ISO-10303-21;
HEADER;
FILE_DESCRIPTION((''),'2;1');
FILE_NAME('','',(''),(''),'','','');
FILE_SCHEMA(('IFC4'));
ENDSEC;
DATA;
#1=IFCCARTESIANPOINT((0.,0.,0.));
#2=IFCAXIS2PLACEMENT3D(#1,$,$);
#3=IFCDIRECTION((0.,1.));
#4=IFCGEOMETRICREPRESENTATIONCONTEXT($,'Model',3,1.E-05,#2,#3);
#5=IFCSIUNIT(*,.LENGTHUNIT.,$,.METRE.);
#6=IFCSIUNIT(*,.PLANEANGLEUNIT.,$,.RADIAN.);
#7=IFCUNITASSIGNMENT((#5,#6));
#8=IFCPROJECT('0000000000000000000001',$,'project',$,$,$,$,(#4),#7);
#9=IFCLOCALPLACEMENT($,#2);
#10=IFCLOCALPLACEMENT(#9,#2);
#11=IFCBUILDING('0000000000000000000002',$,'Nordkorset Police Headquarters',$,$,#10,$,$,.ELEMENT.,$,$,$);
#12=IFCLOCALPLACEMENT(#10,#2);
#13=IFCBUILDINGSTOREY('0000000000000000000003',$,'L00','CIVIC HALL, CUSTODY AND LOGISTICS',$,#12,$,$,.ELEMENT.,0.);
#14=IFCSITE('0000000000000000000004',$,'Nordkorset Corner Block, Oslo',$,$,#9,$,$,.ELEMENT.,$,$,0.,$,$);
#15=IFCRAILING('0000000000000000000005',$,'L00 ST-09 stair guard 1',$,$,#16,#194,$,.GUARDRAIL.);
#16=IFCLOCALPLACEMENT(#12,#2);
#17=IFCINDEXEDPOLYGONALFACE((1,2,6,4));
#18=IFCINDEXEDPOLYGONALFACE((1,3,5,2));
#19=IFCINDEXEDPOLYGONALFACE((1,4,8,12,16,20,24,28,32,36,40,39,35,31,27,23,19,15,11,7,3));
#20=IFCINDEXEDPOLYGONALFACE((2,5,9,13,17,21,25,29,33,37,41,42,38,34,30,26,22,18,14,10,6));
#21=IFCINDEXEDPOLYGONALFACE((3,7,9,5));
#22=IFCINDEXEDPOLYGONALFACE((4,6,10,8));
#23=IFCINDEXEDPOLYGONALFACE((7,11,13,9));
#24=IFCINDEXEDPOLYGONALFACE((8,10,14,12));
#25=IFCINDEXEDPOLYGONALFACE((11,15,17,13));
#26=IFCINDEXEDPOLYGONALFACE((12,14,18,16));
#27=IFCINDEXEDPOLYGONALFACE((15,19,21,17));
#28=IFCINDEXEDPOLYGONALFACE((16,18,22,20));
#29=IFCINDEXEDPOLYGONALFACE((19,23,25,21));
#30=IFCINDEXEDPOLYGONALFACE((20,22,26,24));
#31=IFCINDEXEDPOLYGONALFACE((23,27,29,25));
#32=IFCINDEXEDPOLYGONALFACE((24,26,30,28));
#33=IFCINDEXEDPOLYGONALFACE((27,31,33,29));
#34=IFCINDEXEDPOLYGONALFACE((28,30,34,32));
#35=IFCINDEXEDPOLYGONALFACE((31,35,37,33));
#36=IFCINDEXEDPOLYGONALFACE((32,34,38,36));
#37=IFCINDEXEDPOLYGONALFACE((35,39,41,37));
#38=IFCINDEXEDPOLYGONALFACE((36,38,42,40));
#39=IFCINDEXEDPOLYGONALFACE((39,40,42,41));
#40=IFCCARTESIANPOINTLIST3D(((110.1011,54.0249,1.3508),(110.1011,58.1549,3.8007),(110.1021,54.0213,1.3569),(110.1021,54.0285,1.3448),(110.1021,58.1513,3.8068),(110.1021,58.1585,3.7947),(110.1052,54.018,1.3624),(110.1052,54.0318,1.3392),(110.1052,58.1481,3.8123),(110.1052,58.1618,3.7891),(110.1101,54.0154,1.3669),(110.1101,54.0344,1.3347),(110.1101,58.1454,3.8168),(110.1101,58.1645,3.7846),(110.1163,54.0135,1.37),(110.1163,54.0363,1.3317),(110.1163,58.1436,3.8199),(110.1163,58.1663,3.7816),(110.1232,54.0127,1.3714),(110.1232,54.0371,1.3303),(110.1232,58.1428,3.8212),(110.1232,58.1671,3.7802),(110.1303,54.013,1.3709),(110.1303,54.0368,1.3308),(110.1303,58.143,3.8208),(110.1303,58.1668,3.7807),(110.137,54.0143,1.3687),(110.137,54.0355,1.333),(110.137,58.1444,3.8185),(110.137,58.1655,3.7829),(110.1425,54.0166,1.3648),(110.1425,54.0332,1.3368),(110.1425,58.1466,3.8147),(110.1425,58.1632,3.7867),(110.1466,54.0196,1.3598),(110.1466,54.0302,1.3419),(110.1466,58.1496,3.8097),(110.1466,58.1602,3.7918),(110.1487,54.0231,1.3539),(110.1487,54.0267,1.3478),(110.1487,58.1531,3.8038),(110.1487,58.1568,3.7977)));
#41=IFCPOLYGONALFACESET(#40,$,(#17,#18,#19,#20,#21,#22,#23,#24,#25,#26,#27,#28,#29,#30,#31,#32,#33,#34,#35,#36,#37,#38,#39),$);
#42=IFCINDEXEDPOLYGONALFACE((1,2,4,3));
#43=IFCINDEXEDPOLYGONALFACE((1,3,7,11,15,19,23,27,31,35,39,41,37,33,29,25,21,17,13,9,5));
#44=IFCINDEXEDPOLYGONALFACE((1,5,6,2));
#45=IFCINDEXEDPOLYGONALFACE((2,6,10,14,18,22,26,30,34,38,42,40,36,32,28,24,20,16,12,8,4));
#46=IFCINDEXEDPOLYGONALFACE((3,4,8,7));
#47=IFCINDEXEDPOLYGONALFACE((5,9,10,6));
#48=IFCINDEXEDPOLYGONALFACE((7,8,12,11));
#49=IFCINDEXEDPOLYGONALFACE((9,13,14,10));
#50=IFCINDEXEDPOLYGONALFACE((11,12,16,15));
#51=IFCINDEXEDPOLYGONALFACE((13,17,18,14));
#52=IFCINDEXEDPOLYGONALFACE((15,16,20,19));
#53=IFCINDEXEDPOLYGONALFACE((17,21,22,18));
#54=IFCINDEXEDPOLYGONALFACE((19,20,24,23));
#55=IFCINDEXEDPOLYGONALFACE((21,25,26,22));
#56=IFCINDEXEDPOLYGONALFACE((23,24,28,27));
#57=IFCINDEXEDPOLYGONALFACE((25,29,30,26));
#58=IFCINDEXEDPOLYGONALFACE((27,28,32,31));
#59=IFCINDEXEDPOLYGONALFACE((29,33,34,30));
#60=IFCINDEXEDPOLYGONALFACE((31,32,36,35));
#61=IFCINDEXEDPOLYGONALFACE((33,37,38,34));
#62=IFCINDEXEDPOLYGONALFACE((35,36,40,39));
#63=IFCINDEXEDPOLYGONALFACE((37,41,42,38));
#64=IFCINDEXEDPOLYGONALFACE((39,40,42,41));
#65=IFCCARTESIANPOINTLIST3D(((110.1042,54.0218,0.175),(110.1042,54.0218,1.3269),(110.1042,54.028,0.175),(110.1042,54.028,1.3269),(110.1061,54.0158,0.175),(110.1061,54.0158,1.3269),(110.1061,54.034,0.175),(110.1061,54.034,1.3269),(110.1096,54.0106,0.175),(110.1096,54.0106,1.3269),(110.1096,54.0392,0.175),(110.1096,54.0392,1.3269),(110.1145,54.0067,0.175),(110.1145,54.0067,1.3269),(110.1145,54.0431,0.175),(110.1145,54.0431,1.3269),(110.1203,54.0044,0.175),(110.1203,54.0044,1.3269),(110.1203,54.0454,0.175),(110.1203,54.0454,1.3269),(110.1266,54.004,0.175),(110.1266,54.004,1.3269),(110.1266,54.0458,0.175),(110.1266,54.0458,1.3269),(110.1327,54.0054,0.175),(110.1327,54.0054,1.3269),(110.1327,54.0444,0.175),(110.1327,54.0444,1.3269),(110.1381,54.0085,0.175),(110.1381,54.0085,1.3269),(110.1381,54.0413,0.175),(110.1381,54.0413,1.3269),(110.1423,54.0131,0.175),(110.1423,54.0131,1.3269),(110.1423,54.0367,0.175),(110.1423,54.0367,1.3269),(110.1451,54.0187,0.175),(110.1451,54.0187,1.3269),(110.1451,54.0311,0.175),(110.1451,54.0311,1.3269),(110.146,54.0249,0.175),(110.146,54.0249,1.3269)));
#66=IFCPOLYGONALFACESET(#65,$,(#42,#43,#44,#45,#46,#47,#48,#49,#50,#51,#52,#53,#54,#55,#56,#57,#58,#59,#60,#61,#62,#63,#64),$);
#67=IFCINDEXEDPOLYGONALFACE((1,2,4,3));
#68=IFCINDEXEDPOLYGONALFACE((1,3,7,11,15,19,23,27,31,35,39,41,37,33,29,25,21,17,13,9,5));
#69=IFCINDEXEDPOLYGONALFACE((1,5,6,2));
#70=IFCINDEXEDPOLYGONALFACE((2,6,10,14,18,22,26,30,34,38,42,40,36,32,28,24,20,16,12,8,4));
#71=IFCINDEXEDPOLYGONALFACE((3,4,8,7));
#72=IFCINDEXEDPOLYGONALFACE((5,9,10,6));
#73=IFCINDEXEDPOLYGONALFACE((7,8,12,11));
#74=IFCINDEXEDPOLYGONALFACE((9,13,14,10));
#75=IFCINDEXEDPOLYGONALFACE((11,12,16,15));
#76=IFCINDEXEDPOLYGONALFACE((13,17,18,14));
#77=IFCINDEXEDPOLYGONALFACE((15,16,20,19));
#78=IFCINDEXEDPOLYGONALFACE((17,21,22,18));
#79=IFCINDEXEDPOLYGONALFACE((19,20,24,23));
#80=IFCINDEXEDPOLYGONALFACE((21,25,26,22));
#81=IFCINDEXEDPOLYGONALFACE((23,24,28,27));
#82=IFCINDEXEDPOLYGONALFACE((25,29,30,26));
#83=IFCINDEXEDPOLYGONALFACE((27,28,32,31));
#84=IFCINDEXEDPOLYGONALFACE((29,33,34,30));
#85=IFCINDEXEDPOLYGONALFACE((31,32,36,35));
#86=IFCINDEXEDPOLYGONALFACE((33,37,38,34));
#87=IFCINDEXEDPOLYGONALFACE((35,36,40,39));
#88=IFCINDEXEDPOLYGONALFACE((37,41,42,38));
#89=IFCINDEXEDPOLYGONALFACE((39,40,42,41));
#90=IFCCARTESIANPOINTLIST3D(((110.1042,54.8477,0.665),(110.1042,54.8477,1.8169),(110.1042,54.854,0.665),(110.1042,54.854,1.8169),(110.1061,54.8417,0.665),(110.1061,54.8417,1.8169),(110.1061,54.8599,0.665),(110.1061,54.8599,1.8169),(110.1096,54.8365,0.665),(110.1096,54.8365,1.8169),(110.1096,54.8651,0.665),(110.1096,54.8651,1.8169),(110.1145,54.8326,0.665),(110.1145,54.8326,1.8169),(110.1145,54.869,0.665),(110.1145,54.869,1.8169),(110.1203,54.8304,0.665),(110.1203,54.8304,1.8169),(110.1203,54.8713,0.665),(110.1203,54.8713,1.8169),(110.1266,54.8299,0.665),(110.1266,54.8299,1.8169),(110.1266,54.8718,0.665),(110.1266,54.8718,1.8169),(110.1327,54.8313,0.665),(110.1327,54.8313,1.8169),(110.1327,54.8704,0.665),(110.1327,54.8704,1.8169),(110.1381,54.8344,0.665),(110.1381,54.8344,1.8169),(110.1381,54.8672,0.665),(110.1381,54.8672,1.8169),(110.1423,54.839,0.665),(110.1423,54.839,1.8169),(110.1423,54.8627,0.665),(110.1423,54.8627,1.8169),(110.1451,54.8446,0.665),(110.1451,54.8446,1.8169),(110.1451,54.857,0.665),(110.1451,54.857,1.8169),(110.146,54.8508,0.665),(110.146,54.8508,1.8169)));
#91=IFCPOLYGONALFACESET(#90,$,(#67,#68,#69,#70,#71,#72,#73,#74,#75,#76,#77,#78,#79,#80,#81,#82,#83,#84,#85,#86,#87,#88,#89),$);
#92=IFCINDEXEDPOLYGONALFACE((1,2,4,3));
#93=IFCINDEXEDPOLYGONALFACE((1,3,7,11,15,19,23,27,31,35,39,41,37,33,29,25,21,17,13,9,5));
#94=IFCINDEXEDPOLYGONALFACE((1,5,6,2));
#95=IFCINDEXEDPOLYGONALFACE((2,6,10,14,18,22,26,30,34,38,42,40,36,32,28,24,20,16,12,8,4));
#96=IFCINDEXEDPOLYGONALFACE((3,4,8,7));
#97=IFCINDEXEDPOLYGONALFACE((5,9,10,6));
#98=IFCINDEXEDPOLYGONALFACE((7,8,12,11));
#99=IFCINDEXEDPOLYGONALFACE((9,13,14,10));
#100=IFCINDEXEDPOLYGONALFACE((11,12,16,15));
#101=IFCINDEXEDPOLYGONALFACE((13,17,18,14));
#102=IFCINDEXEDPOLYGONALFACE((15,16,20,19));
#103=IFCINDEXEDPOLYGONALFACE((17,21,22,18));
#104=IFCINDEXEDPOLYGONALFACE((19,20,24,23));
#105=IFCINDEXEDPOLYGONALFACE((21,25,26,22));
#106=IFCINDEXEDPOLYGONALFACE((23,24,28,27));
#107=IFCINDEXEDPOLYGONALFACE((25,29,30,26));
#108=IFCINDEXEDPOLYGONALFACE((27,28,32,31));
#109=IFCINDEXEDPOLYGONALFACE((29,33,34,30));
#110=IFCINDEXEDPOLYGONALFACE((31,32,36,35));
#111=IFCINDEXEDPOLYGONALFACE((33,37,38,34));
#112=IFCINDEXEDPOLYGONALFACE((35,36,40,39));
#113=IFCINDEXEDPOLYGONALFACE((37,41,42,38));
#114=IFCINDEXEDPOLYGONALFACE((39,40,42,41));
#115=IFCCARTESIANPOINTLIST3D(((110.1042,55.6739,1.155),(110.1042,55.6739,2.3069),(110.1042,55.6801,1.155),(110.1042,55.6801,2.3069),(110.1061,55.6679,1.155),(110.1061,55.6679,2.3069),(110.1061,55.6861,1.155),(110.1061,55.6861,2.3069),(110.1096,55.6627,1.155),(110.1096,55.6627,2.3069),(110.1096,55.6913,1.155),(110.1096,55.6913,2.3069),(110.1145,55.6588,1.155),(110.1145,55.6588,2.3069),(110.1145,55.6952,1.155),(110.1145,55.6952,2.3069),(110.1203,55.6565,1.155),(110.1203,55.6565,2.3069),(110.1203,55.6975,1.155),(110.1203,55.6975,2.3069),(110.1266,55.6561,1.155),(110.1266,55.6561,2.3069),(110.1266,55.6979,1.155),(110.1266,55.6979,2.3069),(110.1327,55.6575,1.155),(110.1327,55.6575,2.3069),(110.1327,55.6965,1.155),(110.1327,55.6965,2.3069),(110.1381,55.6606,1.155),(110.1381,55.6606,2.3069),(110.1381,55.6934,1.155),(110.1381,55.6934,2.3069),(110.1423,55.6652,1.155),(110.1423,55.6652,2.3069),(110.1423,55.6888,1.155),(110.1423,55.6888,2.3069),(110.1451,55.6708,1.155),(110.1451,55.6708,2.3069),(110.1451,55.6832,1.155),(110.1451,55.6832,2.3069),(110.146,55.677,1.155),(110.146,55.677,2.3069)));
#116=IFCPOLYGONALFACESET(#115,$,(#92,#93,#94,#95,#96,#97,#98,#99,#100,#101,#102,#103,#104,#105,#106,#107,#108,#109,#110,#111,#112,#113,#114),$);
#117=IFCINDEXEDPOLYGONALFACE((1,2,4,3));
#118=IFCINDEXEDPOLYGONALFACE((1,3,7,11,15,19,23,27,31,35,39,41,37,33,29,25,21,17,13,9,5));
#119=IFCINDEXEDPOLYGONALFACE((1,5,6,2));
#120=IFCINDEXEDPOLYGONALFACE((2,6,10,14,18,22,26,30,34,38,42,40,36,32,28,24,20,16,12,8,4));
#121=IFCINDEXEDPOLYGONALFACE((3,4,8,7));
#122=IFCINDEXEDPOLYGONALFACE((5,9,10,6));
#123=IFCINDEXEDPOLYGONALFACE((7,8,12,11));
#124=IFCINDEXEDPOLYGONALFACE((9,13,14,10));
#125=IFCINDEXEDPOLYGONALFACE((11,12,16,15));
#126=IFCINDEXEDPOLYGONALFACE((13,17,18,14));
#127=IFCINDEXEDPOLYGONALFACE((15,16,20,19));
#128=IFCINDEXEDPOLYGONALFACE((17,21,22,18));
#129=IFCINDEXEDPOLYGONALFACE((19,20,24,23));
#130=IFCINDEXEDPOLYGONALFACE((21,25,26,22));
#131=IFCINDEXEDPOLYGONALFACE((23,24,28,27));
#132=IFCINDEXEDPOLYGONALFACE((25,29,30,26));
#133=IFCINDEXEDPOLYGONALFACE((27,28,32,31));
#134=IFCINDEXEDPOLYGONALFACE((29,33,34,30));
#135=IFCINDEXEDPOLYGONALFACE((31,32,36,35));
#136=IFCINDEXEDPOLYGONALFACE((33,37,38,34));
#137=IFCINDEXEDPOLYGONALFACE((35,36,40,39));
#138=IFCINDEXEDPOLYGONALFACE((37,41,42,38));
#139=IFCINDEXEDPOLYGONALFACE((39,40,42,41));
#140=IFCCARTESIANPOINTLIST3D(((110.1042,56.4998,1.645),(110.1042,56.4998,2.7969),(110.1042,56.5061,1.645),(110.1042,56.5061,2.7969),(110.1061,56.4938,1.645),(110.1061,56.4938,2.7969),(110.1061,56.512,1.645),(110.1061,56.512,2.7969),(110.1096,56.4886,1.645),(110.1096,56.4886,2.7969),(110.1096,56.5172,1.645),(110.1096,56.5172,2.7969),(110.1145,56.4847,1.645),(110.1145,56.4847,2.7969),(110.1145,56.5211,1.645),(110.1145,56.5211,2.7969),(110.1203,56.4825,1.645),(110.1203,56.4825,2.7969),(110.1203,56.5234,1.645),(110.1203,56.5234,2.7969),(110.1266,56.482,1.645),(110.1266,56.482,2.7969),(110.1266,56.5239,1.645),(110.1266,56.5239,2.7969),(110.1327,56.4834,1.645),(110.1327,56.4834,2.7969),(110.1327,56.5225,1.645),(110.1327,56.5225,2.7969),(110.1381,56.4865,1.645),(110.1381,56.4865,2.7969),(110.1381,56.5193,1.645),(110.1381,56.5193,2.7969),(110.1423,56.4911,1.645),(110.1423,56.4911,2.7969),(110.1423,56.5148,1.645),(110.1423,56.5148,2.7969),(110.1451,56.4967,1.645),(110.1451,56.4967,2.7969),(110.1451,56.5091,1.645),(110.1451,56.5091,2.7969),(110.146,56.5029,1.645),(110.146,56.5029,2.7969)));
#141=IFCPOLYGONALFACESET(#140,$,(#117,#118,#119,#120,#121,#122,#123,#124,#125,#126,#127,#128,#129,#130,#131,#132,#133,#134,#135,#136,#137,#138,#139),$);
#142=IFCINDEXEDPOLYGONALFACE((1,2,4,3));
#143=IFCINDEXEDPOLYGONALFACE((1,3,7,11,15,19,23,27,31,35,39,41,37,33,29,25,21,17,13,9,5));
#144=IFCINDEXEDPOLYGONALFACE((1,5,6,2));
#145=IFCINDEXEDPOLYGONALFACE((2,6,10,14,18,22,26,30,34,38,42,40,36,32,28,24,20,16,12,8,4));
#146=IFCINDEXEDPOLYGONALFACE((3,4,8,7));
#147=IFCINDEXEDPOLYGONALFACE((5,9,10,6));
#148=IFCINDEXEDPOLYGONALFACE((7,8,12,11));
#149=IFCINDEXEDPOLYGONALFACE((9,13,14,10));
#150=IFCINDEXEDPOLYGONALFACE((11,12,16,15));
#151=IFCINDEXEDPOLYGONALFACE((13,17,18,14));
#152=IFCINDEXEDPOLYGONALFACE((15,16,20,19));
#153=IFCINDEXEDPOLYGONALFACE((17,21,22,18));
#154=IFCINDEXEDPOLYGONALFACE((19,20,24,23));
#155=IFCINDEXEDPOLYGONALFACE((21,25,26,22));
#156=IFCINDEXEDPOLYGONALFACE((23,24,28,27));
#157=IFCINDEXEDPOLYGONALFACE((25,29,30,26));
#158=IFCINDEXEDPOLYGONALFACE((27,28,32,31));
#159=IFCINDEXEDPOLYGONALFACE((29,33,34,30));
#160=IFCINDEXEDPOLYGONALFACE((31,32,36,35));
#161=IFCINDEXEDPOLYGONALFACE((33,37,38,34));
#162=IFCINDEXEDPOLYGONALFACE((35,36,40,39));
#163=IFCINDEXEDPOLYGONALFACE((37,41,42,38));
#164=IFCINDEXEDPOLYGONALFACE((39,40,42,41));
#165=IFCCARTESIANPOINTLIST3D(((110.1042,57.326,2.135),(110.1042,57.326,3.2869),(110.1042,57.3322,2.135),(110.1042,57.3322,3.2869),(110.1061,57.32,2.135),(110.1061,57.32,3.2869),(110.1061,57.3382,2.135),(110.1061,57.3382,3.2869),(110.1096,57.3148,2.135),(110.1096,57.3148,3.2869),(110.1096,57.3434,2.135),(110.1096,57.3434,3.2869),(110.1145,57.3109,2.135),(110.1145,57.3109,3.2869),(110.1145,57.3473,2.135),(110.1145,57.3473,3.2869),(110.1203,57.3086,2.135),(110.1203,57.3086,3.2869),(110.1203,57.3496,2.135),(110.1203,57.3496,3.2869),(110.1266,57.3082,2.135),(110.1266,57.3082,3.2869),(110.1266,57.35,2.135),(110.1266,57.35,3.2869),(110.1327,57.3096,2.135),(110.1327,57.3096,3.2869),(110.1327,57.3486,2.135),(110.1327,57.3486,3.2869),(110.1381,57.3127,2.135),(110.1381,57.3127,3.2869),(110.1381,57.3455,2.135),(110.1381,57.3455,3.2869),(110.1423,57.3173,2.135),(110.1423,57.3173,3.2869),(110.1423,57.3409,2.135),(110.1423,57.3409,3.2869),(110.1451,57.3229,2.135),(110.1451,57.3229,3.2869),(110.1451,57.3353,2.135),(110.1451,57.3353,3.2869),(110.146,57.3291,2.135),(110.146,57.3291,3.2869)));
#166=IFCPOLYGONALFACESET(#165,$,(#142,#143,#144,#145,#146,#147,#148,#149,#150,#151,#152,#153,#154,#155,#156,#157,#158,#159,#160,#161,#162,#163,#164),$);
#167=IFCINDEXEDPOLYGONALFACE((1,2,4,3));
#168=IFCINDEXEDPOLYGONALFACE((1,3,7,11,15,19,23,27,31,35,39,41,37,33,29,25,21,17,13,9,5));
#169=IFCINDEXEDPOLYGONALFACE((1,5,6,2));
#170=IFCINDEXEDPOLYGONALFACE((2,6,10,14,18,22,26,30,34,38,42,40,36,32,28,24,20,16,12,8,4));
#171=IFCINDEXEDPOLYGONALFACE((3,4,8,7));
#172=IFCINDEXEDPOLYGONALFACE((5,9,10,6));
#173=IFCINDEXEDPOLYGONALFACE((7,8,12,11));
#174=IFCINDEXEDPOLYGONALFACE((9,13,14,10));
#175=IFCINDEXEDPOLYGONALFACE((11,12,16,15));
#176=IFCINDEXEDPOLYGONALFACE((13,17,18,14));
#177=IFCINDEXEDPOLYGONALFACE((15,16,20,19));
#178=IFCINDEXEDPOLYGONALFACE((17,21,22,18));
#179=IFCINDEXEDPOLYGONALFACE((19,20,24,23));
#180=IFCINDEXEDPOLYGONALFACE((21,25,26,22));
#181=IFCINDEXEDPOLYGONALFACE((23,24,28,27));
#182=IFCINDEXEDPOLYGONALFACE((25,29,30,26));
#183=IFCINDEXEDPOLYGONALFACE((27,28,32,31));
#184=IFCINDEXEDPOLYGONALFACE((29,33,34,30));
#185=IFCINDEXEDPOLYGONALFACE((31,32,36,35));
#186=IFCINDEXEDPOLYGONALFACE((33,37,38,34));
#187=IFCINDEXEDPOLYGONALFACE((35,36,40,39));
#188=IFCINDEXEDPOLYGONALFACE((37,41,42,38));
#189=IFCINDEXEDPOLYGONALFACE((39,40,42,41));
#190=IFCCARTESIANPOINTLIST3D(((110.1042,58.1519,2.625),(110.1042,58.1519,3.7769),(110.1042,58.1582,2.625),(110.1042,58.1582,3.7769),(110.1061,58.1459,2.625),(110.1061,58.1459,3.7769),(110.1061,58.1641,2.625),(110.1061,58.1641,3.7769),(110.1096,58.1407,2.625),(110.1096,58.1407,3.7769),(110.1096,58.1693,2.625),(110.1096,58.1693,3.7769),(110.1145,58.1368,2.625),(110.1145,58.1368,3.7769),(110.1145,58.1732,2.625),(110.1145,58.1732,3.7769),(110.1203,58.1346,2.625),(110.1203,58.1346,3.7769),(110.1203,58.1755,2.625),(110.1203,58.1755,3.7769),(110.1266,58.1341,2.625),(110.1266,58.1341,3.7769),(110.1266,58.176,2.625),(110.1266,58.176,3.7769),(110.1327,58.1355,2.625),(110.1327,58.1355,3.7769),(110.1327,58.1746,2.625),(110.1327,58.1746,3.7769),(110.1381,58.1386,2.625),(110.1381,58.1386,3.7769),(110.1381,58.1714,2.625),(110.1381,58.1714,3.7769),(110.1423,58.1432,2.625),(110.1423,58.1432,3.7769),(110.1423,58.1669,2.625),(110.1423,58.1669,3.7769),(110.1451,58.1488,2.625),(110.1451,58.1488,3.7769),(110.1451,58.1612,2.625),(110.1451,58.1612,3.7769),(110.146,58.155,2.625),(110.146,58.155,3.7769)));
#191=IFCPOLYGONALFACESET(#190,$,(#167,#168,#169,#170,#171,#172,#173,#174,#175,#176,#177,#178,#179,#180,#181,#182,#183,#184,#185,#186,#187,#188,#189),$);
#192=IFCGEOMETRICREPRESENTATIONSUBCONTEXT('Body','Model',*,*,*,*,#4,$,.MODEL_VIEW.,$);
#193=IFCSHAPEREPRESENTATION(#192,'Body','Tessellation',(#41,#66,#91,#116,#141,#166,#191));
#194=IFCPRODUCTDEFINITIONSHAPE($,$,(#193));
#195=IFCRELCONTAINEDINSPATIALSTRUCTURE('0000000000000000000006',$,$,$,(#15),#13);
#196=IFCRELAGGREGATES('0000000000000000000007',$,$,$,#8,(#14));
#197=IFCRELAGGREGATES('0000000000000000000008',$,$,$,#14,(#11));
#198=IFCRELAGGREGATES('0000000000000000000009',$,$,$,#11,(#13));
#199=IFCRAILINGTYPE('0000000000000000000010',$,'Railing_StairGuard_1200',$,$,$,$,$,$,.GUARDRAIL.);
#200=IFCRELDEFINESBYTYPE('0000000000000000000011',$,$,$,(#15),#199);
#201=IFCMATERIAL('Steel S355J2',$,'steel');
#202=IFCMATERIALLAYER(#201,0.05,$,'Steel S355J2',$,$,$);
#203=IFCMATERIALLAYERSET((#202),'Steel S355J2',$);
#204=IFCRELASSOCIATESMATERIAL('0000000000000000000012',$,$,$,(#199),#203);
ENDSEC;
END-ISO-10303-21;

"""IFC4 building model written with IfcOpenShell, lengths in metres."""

from ifc_helpers import new_model, si_unit, direction, frame, origin, origin_2d, place, context, subcontext, project, spatial, circle, extrude, material, layer, layer_set, type_object, element, save


model = new_model("IFC4")

# Units and contexts
model_context = context("Model", 3, precision=1e-05, world=origin(), true_north=direction((0.0, 1.0)))
body_context = subcontext(model_context, "Body", "Model", "MODEL_VIEW")
ifc_project = project(units=[si_unit("LENGTHUNIT", "METRE"), si_unit("PLANEANGLEUNIT", "RADIAN")], contexts=[model_context])

# Site, building, storey
site_placement = place(None, origin())
site = spatial("IfcSite", under=ifc_project, at=site_placement, Name="Nordkorset Corner Block, Oslo", CompositionType="ELEMENT", RefElevation=0.0)
building_placement = place(site_placement, origin())
building = spatial("IfcBuilding", under=site, at=building_placement, Name="Nordkorset Police Headquarters", CompositionType="ELEMENT")
storey_placement = place(building_placement, origin())
storey = spatial("IfcBuildingStorey", under=building, at=storey_placement, Name="L00", Description="CIVIC HALL, CUSTODY AND LOGISTICS", CompositionType="ELEMENT", Elevation=0.0)

# Railing
ifc_material_1 = material(Name="Steel S355J2", Category="steel")
ifc_layer_1 = layer(ifc_material_1, 0.05, Name="Steel S355J2")
ifc_layer_set_1 = layer_set([ifc_layer_1], Name="Steel S355J2")
railing_type_1 = type_object("IfcRailingType", Name="Railing_StairGuard_1200", PredefinedType="GUARDRAIL", material=ifc_layer_set_1)
railing_1_placement = place(storey_placement, frame((110.125, 54.0249, 0.175)))
element("IfcRailing", 1, at=railing_1_placement, inside=storey, type_object=railing_type_1, Name="L00 ST-09 stair guard 1", PredefinedType="GUARDRAIL", context=body_context, shape_type="SweptSolid", body=[
    extrude(circle(Radius=0.0239, at=origin_2d()), frame((0.0, 0.0, 1.1758), z_axis=(0.0, 0.860066, 0.510183), x_axis=(-1.0, 0.0, 0.0)), (0.0, 0.0, 1.0), 4.802),
    extrude(circle(Radius=0.021, at=origin_2d()), origin(), (0.0, 0.0, 1.0), 1.1519),
    extrude(circle(Radius=0.021, at=origin_2d()), frame((0.0, 0.8259, 0.49)), (0.0, 0.0, 1.0), 1.1519),
    extrude(circle(Radius=0.021, at=origin_2d()), frame((0.0, 1.6521, 0.98)), (0.0, 0.0, 1.0), 1.1519),
    extrude(circle(Radius=0.021, at=origin_2d()), frame((0.0, 2.478, 1.47)), (0.0, 0.0, 1.0), 1.1519),
    extrude(circle(Radius=0.021, at=origin_2d()), frame((0.0, 3.3042, 1.96)), (0.0, 0.0, 1.0), 1.1519),
    extrude(circle(Radius=0.021, at=origin_2d()), frame((0.0, 4.1301, 2.45)), (0.0, 0.0, 1.0), 1.1519),
])

save(model, "model.ifc")
